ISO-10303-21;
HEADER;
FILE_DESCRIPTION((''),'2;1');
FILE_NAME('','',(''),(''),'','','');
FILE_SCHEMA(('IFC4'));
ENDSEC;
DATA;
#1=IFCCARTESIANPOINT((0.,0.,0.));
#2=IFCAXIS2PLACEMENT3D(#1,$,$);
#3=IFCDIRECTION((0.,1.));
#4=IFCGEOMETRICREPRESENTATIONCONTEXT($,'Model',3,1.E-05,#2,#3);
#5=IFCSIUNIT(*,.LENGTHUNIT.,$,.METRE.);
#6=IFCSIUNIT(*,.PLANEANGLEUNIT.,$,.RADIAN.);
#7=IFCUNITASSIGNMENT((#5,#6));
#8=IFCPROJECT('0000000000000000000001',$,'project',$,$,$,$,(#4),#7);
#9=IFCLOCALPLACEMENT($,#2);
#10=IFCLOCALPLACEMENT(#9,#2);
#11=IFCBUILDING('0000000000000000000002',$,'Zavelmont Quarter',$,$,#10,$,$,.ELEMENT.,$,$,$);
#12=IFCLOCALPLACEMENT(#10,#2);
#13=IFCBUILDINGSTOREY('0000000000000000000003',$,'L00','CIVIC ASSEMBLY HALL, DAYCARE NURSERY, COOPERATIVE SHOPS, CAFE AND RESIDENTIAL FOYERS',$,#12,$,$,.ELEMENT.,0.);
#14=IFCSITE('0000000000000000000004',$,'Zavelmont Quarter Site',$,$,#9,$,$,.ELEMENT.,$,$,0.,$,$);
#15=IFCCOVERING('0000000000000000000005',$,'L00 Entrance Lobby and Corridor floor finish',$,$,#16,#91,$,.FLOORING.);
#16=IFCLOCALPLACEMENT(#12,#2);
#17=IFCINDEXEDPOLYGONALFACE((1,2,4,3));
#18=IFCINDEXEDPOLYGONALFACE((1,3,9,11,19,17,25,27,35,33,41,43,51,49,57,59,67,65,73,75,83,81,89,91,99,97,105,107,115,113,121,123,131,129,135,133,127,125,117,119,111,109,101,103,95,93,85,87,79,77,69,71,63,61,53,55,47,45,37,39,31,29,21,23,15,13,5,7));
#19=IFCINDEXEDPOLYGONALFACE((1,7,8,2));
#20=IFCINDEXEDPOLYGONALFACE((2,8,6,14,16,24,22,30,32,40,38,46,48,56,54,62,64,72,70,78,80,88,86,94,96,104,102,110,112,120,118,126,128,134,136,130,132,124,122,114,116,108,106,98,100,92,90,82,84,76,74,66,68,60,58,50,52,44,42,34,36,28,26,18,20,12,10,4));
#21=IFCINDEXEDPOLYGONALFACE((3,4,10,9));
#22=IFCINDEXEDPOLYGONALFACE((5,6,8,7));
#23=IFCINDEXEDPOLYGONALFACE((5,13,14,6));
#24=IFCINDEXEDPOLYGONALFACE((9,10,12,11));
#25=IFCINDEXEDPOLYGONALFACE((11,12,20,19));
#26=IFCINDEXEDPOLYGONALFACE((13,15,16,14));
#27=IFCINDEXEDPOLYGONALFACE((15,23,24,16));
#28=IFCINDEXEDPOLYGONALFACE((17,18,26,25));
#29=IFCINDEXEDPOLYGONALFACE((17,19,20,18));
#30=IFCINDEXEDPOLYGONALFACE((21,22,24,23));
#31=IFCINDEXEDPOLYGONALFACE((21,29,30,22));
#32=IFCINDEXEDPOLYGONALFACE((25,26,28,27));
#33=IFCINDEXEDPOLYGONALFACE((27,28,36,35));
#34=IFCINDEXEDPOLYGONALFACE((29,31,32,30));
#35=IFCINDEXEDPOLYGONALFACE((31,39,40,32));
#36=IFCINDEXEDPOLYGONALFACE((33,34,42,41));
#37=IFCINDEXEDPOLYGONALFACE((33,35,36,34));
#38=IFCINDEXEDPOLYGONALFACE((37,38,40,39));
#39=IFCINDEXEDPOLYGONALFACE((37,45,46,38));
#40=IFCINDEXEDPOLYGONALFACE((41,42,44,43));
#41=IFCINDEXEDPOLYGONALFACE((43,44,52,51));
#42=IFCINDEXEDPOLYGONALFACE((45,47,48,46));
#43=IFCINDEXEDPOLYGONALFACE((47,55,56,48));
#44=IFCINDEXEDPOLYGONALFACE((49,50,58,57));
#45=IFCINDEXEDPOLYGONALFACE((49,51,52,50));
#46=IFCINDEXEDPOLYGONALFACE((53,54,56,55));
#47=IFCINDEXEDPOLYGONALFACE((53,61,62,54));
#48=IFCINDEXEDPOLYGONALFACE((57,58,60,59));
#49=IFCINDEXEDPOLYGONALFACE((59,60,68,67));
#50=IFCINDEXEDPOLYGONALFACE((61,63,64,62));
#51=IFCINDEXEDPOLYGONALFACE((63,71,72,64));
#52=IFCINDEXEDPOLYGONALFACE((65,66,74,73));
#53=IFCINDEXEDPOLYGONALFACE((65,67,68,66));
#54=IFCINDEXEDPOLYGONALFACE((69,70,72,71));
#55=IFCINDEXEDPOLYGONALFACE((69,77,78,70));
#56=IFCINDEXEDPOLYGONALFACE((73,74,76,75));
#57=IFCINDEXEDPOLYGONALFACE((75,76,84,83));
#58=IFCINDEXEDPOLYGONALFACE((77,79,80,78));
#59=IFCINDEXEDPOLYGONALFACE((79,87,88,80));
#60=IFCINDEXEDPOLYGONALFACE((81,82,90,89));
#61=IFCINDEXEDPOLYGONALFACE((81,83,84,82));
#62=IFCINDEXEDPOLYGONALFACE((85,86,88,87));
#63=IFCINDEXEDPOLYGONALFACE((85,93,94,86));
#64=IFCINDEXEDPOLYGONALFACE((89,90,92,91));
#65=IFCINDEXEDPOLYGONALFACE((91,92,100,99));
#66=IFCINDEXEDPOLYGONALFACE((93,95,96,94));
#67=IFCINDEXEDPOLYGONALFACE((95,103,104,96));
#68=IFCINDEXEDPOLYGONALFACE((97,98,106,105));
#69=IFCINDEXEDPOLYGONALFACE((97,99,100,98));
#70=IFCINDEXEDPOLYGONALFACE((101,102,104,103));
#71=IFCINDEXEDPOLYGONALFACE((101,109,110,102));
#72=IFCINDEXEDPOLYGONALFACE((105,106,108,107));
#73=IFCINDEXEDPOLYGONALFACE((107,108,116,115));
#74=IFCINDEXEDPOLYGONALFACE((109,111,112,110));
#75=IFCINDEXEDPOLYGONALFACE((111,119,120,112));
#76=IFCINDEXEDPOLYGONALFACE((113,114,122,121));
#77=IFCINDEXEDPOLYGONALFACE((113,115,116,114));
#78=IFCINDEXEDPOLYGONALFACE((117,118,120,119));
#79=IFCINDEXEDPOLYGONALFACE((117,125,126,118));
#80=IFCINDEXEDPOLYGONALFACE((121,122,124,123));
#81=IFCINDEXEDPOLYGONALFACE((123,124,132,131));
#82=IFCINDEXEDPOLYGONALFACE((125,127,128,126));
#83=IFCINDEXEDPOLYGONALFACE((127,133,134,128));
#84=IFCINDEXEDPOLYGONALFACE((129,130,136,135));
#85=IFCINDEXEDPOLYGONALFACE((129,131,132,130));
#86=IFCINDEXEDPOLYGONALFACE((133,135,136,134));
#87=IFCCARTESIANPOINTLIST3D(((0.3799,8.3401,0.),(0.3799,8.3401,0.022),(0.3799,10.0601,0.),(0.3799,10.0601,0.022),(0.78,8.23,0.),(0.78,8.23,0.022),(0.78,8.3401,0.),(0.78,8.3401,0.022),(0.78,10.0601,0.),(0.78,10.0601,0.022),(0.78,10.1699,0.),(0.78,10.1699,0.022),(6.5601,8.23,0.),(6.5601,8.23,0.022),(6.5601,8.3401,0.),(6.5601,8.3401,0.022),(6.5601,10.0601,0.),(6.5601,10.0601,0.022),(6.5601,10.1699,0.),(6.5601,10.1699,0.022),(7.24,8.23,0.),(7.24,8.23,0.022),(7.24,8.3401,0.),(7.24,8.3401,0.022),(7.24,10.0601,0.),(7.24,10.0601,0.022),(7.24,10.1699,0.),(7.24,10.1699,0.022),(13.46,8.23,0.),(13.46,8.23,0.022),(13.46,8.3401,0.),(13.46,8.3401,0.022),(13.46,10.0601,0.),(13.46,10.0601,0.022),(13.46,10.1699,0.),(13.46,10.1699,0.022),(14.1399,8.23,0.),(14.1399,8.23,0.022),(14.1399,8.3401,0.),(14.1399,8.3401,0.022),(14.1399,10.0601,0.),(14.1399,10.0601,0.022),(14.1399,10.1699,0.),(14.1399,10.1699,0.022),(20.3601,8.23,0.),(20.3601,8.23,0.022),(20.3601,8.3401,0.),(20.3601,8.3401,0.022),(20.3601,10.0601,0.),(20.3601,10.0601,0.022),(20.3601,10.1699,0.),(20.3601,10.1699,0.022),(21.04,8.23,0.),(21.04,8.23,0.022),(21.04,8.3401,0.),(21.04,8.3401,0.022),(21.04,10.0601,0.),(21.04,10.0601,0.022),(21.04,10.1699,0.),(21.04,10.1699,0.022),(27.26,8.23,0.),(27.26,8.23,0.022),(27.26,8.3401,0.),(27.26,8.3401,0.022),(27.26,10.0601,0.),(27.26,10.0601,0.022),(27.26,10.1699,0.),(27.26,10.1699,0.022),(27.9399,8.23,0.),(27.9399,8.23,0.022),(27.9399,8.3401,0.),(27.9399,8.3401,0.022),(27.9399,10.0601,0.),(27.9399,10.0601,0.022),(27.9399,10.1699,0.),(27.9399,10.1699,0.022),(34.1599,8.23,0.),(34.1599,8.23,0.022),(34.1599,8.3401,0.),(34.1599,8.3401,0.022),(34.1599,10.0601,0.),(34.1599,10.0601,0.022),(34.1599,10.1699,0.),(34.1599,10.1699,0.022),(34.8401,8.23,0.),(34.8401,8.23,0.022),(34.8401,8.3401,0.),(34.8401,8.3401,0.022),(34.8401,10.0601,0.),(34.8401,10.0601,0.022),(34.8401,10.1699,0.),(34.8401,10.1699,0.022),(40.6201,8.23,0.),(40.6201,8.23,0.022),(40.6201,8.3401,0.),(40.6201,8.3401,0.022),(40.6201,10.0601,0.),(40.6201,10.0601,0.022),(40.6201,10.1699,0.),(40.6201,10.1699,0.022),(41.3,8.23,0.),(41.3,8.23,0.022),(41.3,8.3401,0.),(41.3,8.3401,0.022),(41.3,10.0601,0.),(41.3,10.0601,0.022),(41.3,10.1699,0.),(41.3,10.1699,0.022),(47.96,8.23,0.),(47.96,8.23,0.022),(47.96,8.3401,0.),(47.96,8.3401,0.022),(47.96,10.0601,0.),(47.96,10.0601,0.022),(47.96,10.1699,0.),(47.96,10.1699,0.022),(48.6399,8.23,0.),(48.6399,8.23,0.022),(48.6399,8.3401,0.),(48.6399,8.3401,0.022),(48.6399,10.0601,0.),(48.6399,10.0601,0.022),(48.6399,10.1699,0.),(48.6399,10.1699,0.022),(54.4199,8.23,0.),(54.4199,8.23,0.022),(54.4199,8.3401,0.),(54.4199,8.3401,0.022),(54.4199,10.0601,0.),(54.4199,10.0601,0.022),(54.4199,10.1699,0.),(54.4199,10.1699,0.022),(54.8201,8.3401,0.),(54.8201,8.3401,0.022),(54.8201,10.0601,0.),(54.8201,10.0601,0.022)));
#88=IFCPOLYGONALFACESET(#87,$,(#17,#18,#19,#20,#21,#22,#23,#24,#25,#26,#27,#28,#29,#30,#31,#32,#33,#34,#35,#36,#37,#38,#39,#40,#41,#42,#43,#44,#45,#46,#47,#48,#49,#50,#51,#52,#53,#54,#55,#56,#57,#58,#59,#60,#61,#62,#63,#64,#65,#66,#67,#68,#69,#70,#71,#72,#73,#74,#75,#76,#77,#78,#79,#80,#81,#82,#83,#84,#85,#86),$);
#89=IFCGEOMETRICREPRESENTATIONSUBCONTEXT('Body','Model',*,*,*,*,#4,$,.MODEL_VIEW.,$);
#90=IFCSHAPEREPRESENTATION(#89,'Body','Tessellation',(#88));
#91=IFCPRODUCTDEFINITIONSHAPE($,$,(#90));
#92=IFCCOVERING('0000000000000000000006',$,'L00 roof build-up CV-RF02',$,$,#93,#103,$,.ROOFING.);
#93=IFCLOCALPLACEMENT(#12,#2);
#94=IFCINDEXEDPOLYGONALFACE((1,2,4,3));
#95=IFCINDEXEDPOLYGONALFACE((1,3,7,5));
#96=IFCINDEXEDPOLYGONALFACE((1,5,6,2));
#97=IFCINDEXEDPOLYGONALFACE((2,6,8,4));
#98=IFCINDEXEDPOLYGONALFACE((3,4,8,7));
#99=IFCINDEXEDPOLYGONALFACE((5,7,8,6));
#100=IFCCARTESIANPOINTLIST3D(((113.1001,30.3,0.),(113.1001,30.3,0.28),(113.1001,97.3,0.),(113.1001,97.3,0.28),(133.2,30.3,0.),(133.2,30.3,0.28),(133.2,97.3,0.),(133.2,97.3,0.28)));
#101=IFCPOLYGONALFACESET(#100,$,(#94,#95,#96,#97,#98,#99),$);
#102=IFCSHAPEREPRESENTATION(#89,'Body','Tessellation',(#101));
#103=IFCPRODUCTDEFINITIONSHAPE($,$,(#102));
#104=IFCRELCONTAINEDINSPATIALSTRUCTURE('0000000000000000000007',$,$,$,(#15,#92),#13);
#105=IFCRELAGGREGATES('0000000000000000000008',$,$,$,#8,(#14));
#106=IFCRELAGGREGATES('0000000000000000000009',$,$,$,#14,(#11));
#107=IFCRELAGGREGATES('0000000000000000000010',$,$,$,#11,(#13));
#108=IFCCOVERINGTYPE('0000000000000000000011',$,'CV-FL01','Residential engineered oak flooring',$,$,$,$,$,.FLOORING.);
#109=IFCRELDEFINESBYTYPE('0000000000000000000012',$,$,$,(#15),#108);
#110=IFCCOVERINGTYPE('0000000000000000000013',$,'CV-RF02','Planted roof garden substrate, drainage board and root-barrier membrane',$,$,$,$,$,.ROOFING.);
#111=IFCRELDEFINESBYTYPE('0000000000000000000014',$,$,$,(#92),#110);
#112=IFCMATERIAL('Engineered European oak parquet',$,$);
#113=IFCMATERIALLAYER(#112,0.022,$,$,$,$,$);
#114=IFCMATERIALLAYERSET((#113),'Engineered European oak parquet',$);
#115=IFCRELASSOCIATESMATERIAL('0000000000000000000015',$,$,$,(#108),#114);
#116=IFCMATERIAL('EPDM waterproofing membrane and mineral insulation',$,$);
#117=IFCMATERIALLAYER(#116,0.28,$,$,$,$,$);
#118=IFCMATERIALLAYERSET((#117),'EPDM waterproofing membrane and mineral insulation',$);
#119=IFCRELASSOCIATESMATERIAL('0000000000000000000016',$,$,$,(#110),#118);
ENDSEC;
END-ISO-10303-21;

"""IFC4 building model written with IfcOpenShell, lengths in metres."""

from ifc_helpers import new_model, si_unit, direction, origin, place, context, subcontext, project, spatial, polyline, outline, extrude, material, layer, layer_set, type_object, element, save


model = new_model("IFC4")

# Units and contexts
model_context = context("Model", 3, precision=1e-05, world=origin(), true_north=direction((0.0, 1.0)))
body_context = subcontext(model_context, "Body", "Model", "MODEL_VIEW")
ifc_project = project(units=[si_unit("LENGTHUNIT", "METRE"), si_unit("PLANEANGLEUNIT", "RADIAN")], contexts=[model_context])

# Site, building, storey
site_placement = place(None, origin())
site = spatial("IfcSite", under=ifc_project, at=site_placement, Name="Zavelmont Quarter Site", CompositionType="ELEMENT", RefElevation=0.0)
building_placement = place(site_placement, origin())
building = spatial("IfcBuilding", under=site, at=building_placement, Name="Zavelmont Quarter", CompositionType="ELEMENT")
storey_placement = place(building_placement, origin())
storey = spatial("IfcBuildingStorey", under=building, at=storey_placement, Name="L00", Description="CIVIC ASSEMBLY HALL, DAYCARE NURSERY, COOPERATIVE SHOPS, CAFE AND RESIDENTIAL FOYERS", CompositionType="ELEMENT", Elevation=0.0)

# Coverings
ifc_material_1 = material(Name="Engineered European oak parquet")
ifc_layer_1 = layer(ifc_material_1, 0.022)
ifc_layer_set_1 = layer_set([ifc_layer_1], Name="Engineered European oak parquet")
covering_type_1 = type_object("IfcCoveringType", Name="CV-FL01", Description="Residential engineered oak flooring", PredefinedType="FLOORING", material=ifc_layer_set_1)
covering_1_placement = place(storey_placement, origin())
element("IfcCovering", 1, at=covering_1_placement, inside=storey, type_object=covering_type_1, Name="L00 Entrance Lobby and Corridor floor finish", PredefinedType="FLOORING", context=body_context, shape_type="SweptSolid", body=[
    extrude(outline(polyline([(0.3799, 10.0601), (0.78, 10.0601), (0.78, 10.1699), (6.5601, 10.1699), (6.5601, 10.0601), (7.24, 10.0601), (7.24, 10.1699), (13.46, 10.1699), (13.46, 10.0601), (14.1399, 10.0601), (14.1399, 10.1699), (20.3601, 10.1699), (20.3601, 10.0601), (21.04, 10.0601), (21.04, 10.1699), (27.26, 10.1699), (27.26, 10.0601), (27.9399, 10.0601), (27.9399, 10.1699), (34.1599, 10.1699), (34.1599, 10.0601), (34.8401, 10.0601), (34.8401, 10.1699), (40.6201, 10.1699), (40.6201, 10.0601), (41.3, 10.0601), (41.3, 10.1699), (47.96, 10.1699), (47.96, 10.0601), (48.6399, 10.0601), (48.6399, 10.1699), (54.4199, 10.1699), (54.4199, 10.0601), (54.8201, 10.0601), (54.8201, 8.3401), (54.4199, 8.3401), (54.4199, 8.23), (48.6399, 8.23), (48.6399, 8.3401), (47.96, 8.3401), (47.96, 8.23), (41.3, 8.23), (41.3, 8.3401), (40.6201, 8.3401), (40.6201, 8.23), (34.8401, 8.23), (34.8401, 8.3401), (34.1599, 8.3401), (34.1599, 8.23), (27.9399, 8.23), (27.9399, 8.3401), (27.26, 8.3401), (27.26, 8.23), (21.04, 8.23), (21.04, 8.3401), (20.3601, 8.3401), (20.3601, 8.23), (14.1399, 8.23), (14.1399, 8.3401), (13.46, 8.3401), (13.46, 8.23), (7.24, 8.23), (7.24, 8.3401), (6.5601, 8.3401), (6.5601, 8.23), (0.78, 8.23), (0.78, 8.3401), (0.3799, 8.3401), (0.3799, 10.0601)])), origin(), (0.0, 0.0, 1.0), 0.022),
])
ifc_material_2 = material(Name="EPDM waterproofing membrane and mineral insulation")
ifc_layer_2 = layer(ifc_material_2, 0.28)
ifc_layer_set_2 = layer_set([ifc_layer_2], Name="EPDM waterproofing membrane and mineral insulation")
covering_type_2 = type_object("IfcCoveringType", Name="CV-RF02", Description="Planted roof garden substrate, drainage board and root-barrier membrane", PredefinedType="ROOFING", material=ifc_layer_set_2)
covering_2_placement = place(storey_placement, origin())
element("IfcCovering", 2, at=covering_2_placement, inside=storey, type_object=covering_type_2, Name="L00 roof build-up CV-RF02", PredefinedType="ROOFING", context=body_context, shape_type="SweptSolid", body=[
    extrude(outline(polyline([(113.1001, 30.3), (133.2, 30.3), (133.2, 97.3), (113.1001, 97.3), (113.1001, 30.3)])), origin(), (0.0, 0.0, 1.0), 0.28),
])

save(model, "model.ifc")
